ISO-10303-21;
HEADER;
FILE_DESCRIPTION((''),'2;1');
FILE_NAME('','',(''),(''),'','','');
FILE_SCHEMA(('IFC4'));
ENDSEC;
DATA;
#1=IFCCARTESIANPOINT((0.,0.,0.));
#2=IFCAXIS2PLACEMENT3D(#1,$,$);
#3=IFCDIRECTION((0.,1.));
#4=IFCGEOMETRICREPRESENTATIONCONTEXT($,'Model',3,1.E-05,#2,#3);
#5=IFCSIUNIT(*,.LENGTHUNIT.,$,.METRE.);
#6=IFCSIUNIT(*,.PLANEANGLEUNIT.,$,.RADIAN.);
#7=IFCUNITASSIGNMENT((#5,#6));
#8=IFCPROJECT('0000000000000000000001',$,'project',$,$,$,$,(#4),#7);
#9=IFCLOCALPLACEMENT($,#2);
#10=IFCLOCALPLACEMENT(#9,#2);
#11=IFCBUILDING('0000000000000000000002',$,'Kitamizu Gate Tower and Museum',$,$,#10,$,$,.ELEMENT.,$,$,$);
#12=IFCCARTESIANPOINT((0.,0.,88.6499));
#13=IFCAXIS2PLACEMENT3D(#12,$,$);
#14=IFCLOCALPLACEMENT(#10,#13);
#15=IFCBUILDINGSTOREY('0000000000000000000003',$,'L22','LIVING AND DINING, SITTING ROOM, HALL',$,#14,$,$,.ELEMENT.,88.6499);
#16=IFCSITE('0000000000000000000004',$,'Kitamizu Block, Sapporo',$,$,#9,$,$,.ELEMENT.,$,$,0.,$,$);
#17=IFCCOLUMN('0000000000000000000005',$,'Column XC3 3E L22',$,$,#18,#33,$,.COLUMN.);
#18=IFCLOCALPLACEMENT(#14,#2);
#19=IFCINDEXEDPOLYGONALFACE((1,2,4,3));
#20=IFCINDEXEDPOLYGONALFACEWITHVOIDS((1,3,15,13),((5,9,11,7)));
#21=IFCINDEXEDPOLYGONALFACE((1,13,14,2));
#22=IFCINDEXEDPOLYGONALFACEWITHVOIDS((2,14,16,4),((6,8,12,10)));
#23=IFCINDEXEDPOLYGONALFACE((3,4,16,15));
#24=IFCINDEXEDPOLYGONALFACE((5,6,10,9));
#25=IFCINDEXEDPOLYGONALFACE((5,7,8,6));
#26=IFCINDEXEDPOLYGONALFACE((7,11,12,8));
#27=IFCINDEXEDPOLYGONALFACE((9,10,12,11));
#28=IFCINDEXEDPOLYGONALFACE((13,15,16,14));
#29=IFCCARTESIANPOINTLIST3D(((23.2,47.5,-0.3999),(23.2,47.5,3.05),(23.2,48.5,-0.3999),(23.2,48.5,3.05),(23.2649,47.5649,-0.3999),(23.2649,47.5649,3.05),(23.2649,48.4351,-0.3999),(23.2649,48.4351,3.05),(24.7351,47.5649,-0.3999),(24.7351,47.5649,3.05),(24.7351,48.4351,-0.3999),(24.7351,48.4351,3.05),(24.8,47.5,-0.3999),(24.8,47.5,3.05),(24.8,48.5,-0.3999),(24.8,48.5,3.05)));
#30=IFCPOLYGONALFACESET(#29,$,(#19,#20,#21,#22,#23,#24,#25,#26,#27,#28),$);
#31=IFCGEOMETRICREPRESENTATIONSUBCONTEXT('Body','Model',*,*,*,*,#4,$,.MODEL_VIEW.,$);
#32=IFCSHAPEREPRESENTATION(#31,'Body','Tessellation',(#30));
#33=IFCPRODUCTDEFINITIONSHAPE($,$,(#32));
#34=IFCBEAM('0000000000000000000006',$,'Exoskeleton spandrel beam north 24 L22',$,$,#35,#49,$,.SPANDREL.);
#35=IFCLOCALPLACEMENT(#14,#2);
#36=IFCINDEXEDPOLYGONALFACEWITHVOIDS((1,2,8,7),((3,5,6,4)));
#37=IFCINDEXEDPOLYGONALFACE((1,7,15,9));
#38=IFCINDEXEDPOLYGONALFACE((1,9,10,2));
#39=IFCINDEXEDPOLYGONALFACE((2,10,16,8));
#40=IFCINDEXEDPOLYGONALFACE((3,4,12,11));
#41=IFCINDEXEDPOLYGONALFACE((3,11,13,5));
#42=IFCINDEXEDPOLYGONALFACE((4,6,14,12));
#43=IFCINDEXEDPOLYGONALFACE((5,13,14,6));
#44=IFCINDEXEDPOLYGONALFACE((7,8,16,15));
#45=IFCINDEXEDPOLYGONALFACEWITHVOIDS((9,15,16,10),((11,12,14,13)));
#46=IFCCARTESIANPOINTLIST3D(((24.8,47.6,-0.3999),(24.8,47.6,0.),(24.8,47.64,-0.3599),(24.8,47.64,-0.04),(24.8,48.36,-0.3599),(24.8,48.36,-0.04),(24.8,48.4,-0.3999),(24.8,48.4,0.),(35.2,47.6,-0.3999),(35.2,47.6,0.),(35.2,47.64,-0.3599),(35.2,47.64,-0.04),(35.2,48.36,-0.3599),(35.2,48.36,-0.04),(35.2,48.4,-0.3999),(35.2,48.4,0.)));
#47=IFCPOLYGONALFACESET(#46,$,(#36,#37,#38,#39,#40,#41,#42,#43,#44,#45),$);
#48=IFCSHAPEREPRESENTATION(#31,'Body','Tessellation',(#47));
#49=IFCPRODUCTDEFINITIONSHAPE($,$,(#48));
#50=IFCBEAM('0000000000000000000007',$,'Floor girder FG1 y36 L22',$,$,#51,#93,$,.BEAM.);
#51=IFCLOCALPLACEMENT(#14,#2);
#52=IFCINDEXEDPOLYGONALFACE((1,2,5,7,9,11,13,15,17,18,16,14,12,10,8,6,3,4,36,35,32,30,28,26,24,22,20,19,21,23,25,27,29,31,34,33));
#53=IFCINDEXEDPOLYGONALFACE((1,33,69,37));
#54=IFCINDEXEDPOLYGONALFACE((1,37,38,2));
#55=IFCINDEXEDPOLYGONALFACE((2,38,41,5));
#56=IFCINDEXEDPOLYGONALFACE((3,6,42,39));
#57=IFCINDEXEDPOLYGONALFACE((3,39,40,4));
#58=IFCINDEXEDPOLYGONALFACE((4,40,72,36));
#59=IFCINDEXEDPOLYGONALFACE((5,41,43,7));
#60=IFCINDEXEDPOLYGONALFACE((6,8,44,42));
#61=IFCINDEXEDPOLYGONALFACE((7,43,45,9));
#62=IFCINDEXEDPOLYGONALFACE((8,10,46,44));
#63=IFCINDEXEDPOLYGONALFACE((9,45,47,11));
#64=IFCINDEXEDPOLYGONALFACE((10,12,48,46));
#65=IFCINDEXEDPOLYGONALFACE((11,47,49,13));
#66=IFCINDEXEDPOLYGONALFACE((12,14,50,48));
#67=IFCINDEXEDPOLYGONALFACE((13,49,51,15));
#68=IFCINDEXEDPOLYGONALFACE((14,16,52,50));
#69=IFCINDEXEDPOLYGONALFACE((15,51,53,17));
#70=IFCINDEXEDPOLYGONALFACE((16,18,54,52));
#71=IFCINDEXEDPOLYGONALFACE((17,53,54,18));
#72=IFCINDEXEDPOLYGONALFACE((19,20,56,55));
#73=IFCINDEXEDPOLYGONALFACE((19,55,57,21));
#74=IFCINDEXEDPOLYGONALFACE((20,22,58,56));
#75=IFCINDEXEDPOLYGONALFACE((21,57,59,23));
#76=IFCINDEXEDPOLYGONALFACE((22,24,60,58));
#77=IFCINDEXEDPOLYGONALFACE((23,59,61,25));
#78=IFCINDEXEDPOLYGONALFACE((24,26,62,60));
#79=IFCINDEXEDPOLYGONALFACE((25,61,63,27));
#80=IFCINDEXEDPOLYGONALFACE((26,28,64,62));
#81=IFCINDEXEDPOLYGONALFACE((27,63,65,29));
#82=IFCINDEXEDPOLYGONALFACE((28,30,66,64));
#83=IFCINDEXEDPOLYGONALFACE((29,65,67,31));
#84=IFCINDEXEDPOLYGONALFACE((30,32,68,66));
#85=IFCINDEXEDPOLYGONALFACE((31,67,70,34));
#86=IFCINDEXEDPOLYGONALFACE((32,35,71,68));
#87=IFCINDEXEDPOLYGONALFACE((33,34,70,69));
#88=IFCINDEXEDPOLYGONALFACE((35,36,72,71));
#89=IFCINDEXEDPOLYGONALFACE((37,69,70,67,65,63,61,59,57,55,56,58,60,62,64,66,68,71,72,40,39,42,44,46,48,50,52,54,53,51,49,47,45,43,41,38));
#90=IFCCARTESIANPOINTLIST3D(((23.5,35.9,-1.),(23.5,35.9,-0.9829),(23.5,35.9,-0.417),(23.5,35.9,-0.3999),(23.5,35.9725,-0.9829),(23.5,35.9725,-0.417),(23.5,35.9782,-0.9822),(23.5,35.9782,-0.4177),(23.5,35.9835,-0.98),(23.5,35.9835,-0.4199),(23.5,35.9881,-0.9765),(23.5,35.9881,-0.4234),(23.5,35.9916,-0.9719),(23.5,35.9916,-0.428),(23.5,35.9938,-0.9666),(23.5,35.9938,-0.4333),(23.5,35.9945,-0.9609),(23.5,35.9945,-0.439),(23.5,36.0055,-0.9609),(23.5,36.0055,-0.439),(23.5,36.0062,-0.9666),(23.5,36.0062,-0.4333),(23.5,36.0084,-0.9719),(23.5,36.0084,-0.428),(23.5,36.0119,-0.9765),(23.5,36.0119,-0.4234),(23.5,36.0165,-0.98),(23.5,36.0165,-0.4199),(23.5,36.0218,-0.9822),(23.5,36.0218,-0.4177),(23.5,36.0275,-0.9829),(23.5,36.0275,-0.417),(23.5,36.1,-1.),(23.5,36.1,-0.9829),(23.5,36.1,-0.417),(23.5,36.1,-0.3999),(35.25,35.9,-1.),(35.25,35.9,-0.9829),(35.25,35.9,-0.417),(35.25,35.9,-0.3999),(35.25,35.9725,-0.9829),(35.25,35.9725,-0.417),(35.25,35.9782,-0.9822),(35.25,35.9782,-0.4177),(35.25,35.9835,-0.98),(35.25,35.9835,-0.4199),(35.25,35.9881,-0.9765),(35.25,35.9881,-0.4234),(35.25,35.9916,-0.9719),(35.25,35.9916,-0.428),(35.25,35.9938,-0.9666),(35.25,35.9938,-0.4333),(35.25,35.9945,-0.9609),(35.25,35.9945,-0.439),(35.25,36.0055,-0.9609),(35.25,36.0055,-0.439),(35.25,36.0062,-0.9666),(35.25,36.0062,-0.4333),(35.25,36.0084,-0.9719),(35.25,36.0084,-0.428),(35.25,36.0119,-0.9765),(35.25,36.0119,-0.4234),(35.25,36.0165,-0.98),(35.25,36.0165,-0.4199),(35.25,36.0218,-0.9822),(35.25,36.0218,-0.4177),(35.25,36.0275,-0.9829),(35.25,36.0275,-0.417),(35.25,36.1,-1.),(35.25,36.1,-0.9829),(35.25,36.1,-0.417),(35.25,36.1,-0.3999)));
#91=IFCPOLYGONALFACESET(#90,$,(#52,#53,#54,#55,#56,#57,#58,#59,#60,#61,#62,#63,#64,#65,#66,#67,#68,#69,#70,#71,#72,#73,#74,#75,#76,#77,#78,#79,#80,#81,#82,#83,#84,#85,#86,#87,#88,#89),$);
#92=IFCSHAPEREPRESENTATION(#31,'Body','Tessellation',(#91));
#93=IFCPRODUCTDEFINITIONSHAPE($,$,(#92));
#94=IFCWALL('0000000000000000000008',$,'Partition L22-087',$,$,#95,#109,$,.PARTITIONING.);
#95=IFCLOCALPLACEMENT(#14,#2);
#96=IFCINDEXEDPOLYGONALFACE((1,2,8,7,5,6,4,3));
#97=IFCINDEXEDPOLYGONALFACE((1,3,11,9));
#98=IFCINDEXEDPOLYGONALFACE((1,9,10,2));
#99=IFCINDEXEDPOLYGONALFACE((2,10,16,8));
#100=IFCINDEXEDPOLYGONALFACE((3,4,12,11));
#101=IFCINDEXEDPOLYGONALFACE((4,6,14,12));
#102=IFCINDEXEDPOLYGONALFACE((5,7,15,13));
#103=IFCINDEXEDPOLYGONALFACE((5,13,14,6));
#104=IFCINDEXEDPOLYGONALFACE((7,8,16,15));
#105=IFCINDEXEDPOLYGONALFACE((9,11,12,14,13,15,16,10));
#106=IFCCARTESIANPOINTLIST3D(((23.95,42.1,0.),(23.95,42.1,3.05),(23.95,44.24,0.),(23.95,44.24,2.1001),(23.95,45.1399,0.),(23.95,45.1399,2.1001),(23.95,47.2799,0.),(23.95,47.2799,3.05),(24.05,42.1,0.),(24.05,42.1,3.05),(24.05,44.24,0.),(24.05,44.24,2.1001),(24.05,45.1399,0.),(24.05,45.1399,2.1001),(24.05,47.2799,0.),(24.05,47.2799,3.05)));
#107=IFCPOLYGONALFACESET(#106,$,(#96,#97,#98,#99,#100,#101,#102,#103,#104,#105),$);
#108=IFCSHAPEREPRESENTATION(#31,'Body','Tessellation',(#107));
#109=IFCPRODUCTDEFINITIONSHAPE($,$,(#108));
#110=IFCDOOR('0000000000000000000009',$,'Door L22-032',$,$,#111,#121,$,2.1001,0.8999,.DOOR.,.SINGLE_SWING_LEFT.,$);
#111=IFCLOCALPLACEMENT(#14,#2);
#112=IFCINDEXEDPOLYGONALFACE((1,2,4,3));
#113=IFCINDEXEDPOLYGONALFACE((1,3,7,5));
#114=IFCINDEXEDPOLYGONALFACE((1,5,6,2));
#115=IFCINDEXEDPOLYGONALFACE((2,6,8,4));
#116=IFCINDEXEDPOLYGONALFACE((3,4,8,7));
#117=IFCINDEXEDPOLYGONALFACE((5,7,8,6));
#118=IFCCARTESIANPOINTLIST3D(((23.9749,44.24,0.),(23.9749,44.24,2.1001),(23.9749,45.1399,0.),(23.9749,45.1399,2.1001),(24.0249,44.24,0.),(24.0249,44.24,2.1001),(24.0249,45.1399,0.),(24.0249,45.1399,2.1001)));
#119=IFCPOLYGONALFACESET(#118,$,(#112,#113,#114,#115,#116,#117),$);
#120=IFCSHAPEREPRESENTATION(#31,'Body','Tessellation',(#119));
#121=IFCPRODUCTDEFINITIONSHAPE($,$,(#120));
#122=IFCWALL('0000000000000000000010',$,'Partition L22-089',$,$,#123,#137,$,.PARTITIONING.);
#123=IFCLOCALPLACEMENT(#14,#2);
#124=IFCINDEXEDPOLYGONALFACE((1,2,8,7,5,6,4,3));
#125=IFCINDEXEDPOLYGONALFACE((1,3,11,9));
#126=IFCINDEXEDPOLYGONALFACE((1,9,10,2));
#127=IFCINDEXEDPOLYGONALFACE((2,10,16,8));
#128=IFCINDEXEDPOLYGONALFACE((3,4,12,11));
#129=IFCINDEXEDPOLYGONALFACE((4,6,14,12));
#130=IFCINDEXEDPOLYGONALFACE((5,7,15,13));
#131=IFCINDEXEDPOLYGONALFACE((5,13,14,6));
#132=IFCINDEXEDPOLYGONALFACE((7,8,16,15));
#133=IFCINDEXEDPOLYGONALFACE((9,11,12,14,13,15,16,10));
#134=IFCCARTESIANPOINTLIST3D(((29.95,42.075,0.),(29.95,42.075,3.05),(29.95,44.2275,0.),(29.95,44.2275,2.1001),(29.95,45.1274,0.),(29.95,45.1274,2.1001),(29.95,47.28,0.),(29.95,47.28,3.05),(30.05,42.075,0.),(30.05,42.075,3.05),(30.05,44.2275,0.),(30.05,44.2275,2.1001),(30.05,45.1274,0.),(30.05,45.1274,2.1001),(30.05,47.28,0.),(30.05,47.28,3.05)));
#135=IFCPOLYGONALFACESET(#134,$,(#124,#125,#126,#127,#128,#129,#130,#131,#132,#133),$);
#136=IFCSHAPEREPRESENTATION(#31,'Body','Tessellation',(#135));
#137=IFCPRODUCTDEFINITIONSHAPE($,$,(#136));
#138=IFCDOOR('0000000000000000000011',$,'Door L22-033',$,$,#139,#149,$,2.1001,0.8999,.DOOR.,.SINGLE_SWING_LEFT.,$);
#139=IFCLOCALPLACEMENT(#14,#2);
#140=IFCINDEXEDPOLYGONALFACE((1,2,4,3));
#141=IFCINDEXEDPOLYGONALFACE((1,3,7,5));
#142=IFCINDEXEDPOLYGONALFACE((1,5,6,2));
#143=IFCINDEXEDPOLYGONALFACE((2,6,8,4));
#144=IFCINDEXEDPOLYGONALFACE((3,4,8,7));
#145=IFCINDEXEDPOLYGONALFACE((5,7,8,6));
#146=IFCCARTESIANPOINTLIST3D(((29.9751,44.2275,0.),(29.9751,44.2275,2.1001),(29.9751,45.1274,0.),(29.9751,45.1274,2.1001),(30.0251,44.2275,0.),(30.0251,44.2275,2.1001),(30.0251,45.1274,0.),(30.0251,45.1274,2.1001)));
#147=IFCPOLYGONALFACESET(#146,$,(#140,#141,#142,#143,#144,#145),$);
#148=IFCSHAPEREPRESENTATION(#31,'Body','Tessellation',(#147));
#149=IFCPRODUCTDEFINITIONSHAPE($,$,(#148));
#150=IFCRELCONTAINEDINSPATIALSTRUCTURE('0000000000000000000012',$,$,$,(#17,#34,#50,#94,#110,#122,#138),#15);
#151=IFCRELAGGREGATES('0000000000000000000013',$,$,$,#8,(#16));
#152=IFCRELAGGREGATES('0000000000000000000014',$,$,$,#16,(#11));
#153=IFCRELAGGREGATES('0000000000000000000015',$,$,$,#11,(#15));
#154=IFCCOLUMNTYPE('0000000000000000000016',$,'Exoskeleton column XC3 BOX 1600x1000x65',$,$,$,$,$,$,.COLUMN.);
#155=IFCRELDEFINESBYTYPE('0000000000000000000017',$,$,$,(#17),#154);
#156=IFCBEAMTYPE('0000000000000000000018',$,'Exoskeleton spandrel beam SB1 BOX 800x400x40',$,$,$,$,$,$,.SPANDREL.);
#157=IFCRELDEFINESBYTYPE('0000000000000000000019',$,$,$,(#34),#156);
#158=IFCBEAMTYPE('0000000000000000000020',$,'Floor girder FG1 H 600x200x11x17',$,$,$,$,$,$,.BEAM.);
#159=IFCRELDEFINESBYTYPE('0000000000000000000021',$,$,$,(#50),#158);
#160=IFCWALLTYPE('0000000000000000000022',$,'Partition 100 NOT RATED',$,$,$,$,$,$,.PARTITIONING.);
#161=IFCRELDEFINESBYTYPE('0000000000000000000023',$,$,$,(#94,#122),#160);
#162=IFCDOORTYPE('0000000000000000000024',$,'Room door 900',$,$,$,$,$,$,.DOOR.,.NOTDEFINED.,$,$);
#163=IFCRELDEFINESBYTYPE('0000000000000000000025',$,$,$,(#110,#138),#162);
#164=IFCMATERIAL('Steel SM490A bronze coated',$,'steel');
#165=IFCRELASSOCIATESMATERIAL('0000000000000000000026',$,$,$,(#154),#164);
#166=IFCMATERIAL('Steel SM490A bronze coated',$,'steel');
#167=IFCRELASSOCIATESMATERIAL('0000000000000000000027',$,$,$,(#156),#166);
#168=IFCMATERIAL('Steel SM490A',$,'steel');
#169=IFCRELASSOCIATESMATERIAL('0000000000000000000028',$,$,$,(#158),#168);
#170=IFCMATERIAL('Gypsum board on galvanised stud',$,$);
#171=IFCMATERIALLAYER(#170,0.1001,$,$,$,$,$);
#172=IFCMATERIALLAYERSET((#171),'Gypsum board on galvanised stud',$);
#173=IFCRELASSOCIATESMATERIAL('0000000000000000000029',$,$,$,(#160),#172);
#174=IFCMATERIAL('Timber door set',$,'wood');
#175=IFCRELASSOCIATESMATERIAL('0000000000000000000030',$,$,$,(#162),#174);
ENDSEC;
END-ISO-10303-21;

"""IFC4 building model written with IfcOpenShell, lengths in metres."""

from ifc_helpers import new_model, si_unit, direction, frame, frame_2d, origin, origin_2d, place, context, subcontext, project, spatial, rectangle, hollow_rectangle, i_section, extrude, material, layer, layer_set, material_profile, profile_set, type_object, element, fill, save


model = new_model("IFC4")

# Units and contexts
model_context = context("Model", 3, precision=1e-05, world=origin(), true_north=direction((0.0, 1.0)))
body_context = subcontext(model_context, "Body", "Model", "MODEL_VIEW")
ifc_project = project(units=[si_unit("LENGTHUNIT", "METRE"), si_unit("PLANEANGLEUNIT", "RADIAN")], contexts=[model_context])

# Site, building, storey
site_placement = place(None, origin())
site = spatial("IfcSite", under=ifc_project, at=site_placement, Name="Kitamizu Block, Sapporo", CompositionType="ELEMENT", RefElevation=0.0)
building_placement = place(site_placement, origin())
building = spatial("IfcBuilding", under=site, at=building_placement, Name="Kitamizu Gate Tower and Museum", CompositionType="ELEMENT")
storey_placement = place(building_placement, frame((0.0, 0.0, 88.6499)))
storey = spatial("IfcBuildingStorey", under=building, at=storey_placement, Name="L22", Description="LIVING AND DINING, SITTING ROOM, HALL", CompositionType="ELEMENT", Elevation=88.6499)

# Column
ifc_material_1 = material(Name="Steel SM490A bronze coated", Category="steel")
ifc_material_profile_1 = material_profile(ifc_material_1, hollow_rectangle(XDim=1.6001, YDim=1.0, WallThickness=0.0649, at=origin_2d()), Name="BOX 1600x1000x65")
ifc_profile_set_1 = profile_set([ifc_material_profile_1], Name="Steel SM490A bronze coated")
column_type = type_object("IfcColumnType", Name="Exoskeleton column XC3 BOX 1600x1000x65", PredefinedType="COLUMN", material=ifc_profile_set_1)
column_placement = place(storey_placement, frame((24.0, 48.0, -0.3999), z_axis=(0.0, 0.0, 1.0), x_axis=(1.0, 0.0, 0.0)))
element("IfcColumn", 1, at=column_placement, inside=storey, type_object=column_type, Name="Column XC3 3E L22", PredefinedType="COLUMN", context=body_context, shape_type="SweptSolid", body=[
    extrude(hollow_rectangle(XDim=1.6001, YDim=1.0, WallThickness=0.0649, at=origin_2d()), origin(), (0.0, 0.0, 1.0), 3.45),
])

# Beams
ifc_material_2 = material(Name="Steel SM490A bronze coated", Category="steel")
ifc_material_profile_2 = material_profile(ifc_material_2, hollow_rectangle(XDim=0.8, YDim=0.3999, WallThickness=0.04, at=origin_2d()), Name="BOX 800x400x40")
ifc_profile_set_2 = profile_set([ifc_material_profile_2], Name="Steel SM490A bronze coated")
beam_type_1 = type_object("IfcBeamType", Name="Exoskeleton spandrel beam SB1 BOX 800x400x40", PredefinedType="SPANDREL", material=ifc_profile_set_2)
beam_1_placement = place(storey_placement, frame((24.8, 48.0, -0.2), z_axis=(1.0, 0.0, 0.0), x_axis=(0.0, 1.0, 0.0)))
element("IfcBeam", 2, at=beam_1_placement, inside=storey, type_object=beam_type_1, Name="Exoskeleton spandrel beam north 24 L22", PredefinedType="SPANDREL", context=body_context, shape_type="SweptSolid", body=[
    extrude(hollow_rectangle(XDim=0.8, YDim=0.3999, WallThickness=0.04, at=origin_2d()), origin(), (0.0, 0.0, 1.0), 10.3999),
])
ifc_material_3 = material(Name="Steel SM490A", Category="steel")
ifc_material_profile_3 = material_profile(ifc_material_3, i_section(OverallWidth=0.2, OverallDepth=0.6001, WebThickness=0.011, FlangeThickness=0.0171, FilletRadius=0.022, at=origin_2d()), Name="H-600x200x11x17")
ifc_profile_set_3 = profile_set([ifc_material_profile_3], Name="Steel SM490A")
beam_type_2 = type_object("IfcBeamType", Name="Floor girder FG1 H 600x200x11x17", PredefinedType="BEAM", material=ifc_profile_set_3)
beam_2_placement = place(storey_placement, frame((23.5, 36.0, -0.7), z_axis=(1.0, 0.0, 0.0), x_axis=(0.0, 1.0, 0.0)))
element("IfcBeam", 3, at=beam_2_placement, inside=storey, type_object=beam_type_2, Name="Floor girder FG1 y36 L22", PredefinedType="BEAM", context=body_context, shape_type="SweptSolid", body=[
    extrude(i_section(OverallWidth=0.2, OverallDepth=0.6001, WebThickness=0.011, FlangeThickness=0.0171, FilletRadius=0.022, at=origin_2d()), origin(), (0.0, 0.0, 1.0), 11.75),
])

# Walls, openings, doors
ifc_material_4 = material(Name="Gypsum board on galvanised stud")
ifc_layer_1 = layer(ifc_material_4, 0.1001)
ifc_layer_set_1 = layer_set([ifc_layer_1], Name="Gypsum board on galvanised stud")
wall_type_1 = type_object("IfcWallType", Name="Partition 100 NOT RATED", PredefinedType="PARTITIONING", material=ifc_layer_set_1)
wall_1_placement = place(storey_placement, frame((24.0, 42.1001, 0.0), z_axis=(0.0, 0.0, 1.0), x_axis=(0.0, 1.0, 0.0)))
wall_1 = element("IfcWall", 4, at=wall_1_placement, inside=storey, type_object=wall_type_1, Name="Partition L22-087", PredefinedType="PARTITIONING", context=body_context, shape_type="SweptSolid", body=[
    extrude(rectangle(XDim=5.1799, YDim=0.1001, at=frame_2d((2.5898, 0.0))), origin(), (0.0, 0.0, 1.0), 3.05),
])
opening_1_placement = place(wall_1_placement, frame((2.1399, 0.0, 0.0)))
opening_1 = element("IfcOpeningElement", 5, at=opening_1_placement, cuts=wall_1, PredefinedType="OPENING", context=body_context, shape_type="SweptSolid", body=[
    extrude(rectangle(XDim=0.8999, YDim=2.1001, at=frame_2d((0.45, 1.05))), frame((0.0, 0.0601, 0.0), z_axis=(0.0, -1.0, 0.0), x_axis=(1.0, 0.0, 0.0)), (0.0, 0.0, 1.0), 0.1201),
])
ifc_material_5 = material(Name="Timber door set", Category="wood")
door_type_1 = type_object("IfcDoorType", Name="Room door 900", OperationType="NOTDEFINED", PredefinedType="DOOR", material=ifc_material_5)
door_1_placement = place(opening_1_placement, frame((0.8999, 0.0, 0.0), x_axis=(-1.0, 0.0, 0.0)))
door_1 = element("IfcDoor", 6, at=door_1_placement, inside=storey, type_object=door_type_1, Name="Door L22-032", OperationType="SINGLE_SWING_LEFT", OverallHeight=2.1001, OverallWidth=0.8999, PredefinedType="DOOR", context=body_context, shape_type="SweptSolid", body=[
    extrude(rectangle(XDim=0.8999, YDim=2.1001, at=frame_2d((0.45, 1.05))), frame((0.0, 0.0249, 0.0), z_axis=(0.0, -1.0, 0.0), x_axis=(1.0, 0.0, 0.0)), (0.0, 0.0, 1.0), 0.05),
])
fill(opening_1, door_1)
wall_2_placement = place(storey_placement, frame((30.0, 42.075, 0.0), z_axis=(0.0, 0.0, 1.0), x_axis=(0.0, 1.0, 0.0)))
wall_2 = element("IfcWall", 7, at=wall_2_placement, inside=storey, type_object=wall_type_1, Name="Partition L22-089", PredefinedType="PARTITIONING", context=body_context, shape_type="SweptSolid", body=[
    extrude(rectangle(XDim=5.2051, YDim=0.1001, at=frame_2d((2.6025, 0.0))), origin(), (0.0, 0.0, 1.0), 3.05),
])
opening_2_placement = place(wall_2_placement, frame((2.1526, 0.0, 0.0)))
opening_2 = element("IfcOpeningElement", 8, at=opening_2_placement, cuts=wall_2, PredefinedType="OPENING", context=body_context, shape_type="SweptSolid", body=[
    extrude(rectangle(XDim=0.8999, YDim=2.1001, at=frame_2d((0.45, 1.05))), frame((0.0, 0.0601, 0.0), z_axis=(0.0, -1.0, 0.0), x_axis=(1.0, 0.0, 0.0)), (0.0, 0.0, 1.0), 0.1201),
])
door_2_placement = place(opening_2_placement, origin())
door_2 = element("IfcDoor", 9, at=door_2_placement, inside=storey, type_object=door_type_1, Name="Door L22-033", OperationType="SINGLE_SWING_LEFT", OverallHeight=2.1001, OverallWidth=0.8999, PredefinedType="DOOR", context=body_context, shape_type="SweptSolid", body=[
    extrude(rectangle(XDim=0.8999, YDim=2.1001, at=frame_2d((0.45, 1.05))), frame((0.0, 0.0249, 0.0), z_axis=(0.0, -1.0, 0.0), x_axis=(1.0, 0.0, 0.0)), (0.0, 0.0, 1.0), 0.05),
])
fill(opening_2, door_2)

save(model, "model.ifc")
